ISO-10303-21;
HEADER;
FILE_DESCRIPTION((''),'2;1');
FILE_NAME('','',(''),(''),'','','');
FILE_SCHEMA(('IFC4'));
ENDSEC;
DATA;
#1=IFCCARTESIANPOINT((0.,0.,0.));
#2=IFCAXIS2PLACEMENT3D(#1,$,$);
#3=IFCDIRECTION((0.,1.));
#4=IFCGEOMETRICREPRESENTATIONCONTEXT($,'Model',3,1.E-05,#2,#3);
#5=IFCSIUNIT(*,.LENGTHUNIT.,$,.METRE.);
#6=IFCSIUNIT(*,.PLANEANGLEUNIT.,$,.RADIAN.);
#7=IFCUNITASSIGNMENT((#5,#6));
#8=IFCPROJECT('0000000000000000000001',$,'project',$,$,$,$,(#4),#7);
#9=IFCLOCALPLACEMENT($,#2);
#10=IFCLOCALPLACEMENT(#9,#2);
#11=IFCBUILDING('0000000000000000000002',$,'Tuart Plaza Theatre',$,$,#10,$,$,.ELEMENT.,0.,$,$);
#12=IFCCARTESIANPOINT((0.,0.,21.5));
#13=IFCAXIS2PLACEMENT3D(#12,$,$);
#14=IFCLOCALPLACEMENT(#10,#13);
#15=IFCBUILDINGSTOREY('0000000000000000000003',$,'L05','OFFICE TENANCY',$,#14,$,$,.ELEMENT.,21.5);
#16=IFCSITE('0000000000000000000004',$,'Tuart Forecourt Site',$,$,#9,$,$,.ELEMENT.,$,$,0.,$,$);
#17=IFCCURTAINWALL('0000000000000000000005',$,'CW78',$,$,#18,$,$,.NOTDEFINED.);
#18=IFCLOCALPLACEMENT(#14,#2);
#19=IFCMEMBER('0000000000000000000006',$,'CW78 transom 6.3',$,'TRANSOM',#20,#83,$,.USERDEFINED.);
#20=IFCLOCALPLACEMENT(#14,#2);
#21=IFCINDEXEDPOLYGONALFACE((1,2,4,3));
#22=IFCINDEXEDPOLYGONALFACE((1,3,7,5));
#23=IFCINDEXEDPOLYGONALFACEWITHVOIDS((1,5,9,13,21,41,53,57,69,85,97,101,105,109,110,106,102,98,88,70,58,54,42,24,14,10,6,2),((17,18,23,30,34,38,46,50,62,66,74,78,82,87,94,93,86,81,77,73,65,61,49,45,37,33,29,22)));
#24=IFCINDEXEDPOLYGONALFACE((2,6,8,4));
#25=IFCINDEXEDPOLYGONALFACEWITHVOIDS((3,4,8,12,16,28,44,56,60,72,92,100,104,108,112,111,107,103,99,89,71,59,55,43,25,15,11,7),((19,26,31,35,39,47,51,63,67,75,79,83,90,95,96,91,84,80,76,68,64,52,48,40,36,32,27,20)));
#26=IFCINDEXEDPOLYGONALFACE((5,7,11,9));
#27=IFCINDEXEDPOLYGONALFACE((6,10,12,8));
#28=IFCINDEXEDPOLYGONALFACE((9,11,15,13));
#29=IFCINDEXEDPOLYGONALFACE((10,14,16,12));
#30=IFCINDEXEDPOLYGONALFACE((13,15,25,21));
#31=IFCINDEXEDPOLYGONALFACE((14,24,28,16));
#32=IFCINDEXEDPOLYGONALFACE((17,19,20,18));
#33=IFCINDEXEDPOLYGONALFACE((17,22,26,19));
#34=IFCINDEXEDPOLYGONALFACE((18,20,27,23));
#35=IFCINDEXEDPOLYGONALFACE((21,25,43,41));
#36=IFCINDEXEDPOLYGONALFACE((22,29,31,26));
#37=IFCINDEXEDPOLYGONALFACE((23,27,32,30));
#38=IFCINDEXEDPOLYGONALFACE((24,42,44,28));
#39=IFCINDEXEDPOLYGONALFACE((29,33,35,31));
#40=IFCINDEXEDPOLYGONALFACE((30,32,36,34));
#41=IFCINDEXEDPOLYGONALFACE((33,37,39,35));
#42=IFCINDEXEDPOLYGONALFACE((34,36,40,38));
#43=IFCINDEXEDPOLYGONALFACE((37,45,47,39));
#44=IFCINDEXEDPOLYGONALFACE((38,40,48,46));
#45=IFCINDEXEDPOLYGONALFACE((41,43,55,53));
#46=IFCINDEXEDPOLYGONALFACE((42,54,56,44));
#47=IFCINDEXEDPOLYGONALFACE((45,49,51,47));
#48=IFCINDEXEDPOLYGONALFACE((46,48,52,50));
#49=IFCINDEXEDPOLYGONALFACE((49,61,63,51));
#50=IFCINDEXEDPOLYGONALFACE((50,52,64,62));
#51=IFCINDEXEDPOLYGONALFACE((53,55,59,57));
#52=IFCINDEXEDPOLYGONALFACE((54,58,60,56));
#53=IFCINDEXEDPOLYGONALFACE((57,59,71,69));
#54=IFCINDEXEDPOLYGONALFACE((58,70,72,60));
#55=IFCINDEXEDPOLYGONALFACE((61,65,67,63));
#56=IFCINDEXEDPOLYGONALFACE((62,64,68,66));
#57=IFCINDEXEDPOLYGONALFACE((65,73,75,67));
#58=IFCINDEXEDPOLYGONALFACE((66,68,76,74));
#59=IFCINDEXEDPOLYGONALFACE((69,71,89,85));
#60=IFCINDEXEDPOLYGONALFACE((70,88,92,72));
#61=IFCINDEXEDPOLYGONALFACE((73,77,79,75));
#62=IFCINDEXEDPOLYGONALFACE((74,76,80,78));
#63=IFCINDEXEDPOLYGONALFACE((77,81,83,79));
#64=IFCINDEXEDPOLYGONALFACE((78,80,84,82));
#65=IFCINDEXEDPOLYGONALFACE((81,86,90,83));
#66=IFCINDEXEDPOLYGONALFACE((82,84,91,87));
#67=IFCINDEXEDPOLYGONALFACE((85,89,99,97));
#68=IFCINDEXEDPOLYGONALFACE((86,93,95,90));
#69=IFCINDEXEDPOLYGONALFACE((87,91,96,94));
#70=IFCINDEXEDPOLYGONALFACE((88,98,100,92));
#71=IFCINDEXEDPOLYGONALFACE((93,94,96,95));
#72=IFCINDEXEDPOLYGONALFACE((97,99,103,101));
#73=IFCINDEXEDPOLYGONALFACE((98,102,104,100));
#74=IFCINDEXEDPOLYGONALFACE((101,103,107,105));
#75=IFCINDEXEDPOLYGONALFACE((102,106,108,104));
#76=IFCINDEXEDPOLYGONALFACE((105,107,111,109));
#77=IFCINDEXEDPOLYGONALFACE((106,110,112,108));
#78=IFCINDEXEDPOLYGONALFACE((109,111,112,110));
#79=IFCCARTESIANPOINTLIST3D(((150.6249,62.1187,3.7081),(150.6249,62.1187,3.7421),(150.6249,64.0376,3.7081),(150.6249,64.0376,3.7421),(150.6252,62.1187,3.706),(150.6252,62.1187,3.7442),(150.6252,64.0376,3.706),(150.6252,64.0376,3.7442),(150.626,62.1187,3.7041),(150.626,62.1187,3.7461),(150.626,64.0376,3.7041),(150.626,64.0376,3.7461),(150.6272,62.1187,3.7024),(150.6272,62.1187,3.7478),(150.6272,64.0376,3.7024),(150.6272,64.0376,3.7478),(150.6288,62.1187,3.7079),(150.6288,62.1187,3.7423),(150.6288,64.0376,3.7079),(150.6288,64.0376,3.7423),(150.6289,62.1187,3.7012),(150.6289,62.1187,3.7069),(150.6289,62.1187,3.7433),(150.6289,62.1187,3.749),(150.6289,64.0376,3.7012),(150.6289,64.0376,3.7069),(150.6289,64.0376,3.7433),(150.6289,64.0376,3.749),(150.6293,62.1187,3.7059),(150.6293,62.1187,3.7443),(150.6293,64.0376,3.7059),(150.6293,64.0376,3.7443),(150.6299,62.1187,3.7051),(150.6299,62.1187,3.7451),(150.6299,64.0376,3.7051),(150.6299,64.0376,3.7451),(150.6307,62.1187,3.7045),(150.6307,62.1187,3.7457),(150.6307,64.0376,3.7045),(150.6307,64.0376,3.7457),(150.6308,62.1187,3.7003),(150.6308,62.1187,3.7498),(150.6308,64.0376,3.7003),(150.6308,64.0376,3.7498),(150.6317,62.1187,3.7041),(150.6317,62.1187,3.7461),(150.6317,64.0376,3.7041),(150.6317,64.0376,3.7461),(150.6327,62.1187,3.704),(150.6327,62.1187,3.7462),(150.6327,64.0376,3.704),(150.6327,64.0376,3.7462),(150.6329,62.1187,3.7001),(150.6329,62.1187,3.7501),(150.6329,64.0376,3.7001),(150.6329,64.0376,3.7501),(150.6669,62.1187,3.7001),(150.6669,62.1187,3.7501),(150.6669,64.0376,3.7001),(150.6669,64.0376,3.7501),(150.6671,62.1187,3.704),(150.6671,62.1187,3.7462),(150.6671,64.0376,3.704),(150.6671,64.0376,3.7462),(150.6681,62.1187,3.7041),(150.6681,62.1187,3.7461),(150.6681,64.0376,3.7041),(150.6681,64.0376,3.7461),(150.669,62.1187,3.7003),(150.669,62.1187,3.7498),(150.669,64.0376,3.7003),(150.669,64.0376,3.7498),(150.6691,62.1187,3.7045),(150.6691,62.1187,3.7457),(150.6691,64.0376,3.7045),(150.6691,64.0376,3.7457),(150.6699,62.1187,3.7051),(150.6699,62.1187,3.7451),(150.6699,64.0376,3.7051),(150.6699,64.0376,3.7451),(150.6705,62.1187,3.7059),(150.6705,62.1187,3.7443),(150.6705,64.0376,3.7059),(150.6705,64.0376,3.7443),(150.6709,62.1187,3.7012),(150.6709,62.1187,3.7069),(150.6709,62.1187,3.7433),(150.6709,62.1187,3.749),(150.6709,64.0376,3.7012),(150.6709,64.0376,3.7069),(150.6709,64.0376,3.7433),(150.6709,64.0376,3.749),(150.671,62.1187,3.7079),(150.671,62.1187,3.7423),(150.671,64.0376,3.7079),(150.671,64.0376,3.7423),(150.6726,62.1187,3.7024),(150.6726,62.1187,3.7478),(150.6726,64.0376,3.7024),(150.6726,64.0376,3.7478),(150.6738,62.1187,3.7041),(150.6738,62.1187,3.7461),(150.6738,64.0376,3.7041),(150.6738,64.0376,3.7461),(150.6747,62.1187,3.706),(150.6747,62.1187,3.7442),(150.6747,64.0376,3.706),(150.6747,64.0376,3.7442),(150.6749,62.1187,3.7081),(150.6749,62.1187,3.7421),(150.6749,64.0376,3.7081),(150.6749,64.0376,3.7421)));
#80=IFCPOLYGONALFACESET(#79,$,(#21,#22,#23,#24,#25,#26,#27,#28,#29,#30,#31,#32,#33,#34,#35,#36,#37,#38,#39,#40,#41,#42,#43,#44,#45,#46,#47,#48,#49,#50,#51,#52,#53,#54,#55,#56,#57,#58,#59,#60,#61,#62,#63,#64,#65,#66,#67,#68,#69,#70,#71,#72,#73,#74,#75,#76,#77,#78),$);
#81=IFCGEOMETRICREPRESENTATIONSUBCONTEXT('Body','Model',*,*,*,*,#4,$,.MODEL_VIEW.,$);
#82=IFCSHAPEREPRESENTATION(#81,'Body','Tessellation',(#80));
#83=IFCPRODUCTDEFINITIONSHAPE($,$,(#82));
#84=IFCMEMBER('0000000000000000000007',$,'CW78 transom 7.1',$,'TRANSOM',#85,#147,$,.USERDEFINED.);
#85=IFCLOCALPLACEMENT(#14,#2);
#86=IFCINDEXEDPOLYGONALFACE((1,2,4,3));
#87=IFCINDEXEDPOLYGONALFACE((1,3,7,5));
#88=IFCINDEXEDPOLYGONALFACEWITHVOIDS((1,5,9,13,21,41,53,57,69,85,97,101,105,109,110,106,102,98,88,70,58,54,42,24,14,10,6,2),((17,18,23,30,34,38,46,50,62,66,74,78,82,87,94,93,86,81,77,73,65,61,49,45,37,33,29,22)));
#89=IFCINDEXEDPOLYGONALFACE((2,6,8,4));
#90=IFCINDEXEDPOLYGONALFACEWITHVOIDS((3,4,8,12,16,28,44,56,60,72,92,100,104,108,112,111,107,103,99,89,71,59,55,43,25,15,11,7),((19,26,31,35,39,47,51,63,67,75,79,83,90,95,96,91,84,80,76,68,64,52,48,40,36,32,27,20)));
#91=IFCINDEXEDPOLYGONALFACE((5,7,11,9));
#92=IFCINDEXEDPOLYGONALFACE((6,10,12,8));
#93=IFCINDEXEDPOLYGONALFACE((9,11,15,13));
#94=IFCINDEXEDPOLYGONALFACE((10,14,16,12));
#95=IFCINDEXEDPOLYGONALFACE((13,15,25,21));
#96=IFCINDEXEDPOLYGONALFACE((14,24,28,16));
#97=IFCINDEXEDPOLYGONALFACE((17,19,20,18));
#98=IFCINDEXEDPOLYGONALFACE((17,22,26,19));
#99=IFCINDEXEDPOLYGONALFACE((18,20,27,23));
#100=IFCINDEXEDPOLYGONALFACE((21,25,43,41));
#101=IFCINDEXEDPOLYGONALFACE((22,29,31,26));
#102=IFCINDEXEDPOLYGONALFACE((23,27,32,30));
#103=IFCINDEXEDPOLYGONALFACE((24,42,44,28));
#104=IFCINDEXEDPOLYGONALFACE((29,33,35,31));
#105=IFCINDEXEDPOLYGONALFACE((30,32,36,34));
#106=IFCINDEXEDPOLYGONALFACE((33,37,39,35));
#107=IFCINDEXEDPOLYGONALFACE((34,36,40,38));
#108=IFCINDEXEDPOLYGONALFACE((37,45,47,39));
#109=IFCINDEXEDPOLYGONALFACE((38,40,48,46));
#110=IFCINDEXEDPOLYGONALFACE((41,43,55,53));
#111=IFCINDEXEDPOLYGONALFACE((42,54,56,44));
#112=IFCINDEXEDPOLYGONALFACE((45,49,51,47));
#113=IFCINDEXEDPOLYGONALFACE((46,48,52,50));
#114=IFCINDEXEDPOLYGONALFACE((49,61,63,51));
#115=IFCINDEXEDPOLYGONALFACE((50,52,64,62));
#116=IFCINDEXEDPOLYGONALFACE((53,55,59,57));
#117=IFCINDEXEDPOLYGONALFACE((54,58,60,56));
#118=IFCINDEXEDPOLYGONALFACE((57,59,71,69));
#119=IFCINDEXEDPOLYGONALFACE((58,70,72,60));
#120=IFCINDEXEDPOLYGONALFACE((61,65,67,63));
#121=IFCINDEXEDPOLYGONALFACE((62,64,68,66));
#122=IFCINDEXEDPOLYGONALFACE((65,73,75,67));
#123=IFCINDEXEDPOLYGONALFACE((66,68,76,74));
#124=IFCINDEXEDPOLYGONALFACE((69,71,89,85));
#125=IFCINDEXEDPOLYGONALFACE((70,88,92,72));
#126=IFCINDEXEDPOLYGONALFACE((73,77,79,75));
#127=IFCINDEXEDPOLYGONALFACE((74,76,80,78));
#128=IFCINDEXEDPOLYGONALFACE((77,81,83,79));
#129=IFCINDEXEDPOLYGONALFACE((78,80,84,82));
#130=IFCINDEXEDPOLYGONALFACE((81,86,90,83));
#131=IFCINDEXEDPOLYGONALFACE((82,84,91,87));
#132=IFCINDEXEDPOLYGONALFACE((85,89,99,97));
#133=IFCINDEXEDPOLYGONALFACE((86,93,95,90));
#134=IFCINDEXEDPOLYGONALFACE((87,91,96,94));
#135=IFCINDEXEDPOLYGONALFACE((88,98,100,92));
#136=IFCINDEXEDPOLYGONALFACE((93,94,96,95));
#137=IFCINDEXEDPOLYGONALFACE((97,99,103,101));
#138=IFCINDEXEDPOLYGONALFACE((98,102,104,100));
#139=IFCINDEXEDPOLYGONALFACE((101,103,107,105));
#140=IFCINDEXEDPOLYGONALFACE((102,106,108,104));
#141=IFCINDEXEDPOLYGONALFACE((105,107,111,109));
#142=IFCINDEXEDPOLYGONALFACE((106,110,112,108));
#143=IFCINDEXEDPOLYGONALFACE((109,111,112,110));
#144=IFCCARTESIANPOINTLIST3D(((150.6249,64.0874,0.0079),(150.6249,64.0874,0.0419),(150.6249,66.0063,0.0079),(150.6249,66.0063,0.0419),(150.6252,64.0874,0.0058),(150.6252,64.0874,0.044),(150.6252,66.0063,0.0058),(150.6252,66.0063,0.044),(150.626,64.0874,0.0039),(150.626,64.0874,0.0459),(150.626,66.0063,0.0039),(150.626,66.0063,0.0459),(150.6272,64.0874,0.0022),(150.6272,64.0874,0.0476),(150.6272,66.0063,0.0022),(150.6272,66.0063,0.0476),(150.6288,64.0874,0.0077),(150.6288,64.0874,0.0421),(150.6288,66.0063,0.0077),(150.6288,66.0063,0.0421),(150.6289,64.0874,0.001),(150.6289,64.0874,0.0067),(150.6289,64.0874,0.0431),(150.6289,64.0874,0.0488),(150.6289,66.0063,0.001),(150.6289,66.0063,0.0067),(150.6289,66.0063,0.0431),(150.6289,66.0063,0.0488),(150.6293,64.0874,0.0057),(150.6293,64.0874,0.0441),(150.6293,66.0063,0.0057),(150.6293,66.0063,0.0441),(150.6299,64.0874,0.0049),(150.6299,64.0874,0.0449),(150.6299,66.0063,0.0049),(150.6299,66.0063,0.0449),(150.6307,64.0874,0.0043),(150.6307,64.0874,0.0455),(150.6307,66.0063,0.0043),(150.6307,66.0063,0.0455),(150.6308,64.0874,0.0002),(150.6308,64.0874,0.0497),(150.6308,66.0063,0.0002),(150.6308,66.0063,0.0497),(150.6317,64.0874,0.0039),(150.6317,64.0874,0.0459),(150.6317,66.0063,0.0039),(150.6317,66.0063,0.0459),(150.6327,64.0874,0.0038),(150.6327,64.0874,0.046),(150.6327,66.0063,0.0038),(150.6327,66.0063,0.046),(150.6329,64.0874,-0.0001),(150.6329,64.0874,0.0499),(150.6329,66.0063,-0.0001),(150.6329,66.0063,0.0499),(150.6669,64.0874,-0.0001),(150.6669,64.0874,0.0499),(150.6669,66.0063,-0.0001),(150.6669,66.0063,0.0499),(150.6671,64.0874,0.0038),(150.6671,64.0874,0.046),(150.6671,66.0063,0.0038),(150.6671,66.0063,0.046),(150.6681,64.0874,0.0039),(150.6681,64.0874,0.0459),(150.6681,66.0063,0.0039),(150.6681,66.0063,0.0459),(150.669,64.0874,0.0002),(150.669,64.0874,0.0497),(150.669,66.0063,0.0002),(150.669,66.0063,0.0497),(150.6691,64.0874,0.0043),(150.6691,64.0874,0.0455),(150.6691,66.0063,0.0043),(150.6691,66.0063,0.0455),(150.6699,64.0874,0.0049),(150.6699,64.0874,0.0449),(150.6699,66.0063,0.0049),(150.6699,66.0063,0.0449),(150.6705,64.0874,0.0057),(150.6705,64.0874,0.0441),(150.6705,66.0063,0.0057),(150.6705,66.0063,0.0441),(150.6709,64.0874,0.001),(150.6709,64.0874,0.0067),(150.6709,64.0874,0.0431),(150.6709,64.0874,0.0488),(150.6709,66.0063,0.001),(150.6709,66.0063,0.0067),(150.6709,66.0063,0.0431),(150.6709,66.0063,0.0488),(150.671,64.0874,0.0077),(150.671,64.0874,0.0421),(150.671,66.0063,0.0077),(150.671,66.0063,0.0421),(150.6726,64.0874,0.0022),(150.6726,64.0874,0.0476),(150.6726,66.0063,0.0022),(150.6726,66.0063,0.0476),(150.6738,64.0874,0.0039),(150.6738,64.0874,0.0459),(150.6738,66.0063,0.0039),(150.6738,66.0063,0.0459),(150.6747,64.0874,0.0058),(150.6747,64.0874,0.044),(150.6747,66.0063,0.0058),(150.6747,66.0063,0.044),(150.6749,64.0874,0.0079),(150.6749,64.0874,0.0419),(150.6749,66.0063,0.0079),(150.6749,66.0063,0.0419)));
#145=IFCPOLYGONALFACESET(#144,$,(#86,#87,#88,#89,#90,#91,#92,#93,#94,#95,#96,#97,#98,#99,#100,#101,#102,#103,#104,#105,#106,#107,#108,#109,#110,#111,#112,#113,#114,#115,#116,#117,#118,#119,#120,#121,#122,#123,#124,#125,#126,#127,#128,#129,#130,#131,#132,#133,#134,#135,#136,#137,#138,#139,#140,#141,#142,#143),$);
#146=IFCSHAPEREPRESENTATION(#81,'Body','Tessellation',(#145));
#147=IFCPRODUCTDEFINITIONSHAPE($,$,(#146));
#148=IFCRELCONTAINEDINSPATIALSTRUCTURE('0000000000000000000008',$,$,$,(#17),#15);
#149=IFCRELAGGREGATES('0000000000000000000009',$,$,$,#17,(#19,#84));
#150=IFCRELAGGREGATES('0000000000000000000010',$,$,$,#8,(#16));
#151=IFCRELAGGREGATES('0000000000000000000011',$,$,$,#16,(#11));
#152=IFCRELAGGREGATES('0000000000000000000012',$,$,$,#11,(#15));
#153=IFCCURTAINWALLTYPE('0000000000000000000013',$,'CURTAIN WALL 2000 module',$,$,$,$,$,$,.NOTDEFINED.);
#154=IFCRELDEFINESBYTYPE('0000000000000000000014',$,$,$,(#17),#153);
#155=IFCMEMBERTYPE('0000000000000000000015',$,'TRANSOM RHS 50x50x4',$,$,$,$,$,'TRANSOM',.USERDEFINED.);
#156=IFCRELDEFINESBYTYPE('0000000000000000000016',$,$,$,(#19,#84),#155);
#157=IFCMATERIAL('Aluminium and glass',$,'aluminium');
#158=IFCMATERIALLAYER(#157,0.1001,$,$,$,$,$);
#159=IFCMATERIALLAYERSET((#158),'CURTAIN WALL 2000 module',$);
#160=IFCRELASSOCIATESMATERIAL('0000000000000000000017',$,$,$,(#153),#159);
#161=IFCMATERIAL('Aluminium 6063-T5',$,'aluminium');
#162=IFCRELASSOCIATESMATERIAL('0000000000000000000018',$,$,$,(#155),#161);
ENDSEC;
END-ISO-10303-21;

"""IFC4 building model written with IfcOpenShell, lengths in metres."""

from ifc_helpers import new_model, si_unit, direction, frame, origin, origin_2d, place, context, subcontext, project, spatial, hollow_rectangle, extrude, material, layer, layer_set, material_profile, profile_set, type_object, element, aggregate, save


model = new_model("IFC4")

# Units and contexts
model_context = context("Model", 3, precision=1e-05, world=origin(), true_north=direction((0.0, 1.0)))
body_context = subcontext(model_context, "Body", "Model", "MODEL_VIEW")
ifc_project = project(units=[si_unit("LENGTHUNIT", "METRE"), si_unit("PLANEANGLEUNIT", "RADIAN")], contexts=[model_context])

# Site, building, storey
site_placement = place(None, origin())
site = spatial("IfcSite", under=ifc_project, at=site_placement, Name="Tuart Forecourt Site", CompositionType="ELEMENT", RefElevation=0.0)
building_placement = place(site_placement, origin())
building = spatial("IfcBuilding", under=site, at=building_placement, Name="Tuart Plaza Theatre", CompositionType="ELEMENT", ElevationOfRefHeight=0.0)
storey_placement = place(building_placement, frame((0.0, 0.0, 21.5)))
storey = spatial("IfcBuildingStorey", under=building, at=storey_placement, Name="L05", Description="OFFICE TENANCY", CompositionType="ELEMENT", Elevation=21.5)

# Curtain wall, members
ifc_material_1 = material(Name="Aluminium and glass", Category="aluminium")
ifc_layer_1 = layer(ifc_material_1, 0.1001)
ifc_layer_set_1 = layer_set([ifc_layer_1], Name="CURTAIN WALL 2000 module")
curtain_wall_type = type_object("IfcCurtainWallType", Name="CURTAIN WALL 2000 module", PredefinedType="NOTDEFINED", material=ifc_layer_set_1)
curtain_wall_placement = place(storey_placement, origin())
curtain_wall = element("IfcCurtainWall", 1, at=curtain_wall_placement, inside=storey, type_object=curtain_wall_type, Name="CW78", PredefinedType="NOTDEFINED")
ifc_material_2 = material(Name="Aluminium 6063-T5", Category="aluminium")
ifc_material_profile_1 = material_profile(ifc_material_2, hollow_rectangle(XDim=0.05, YDim=0.05, WallThickness=0.0039, InnerFilletRadius=0.0039, OuterFilletRadius=0.0081, at=origin_2d()), Name="RHS 50x50x4")
ifc_profile_set_1 = profile_set([ifc_material_profile_1], Name="Aluminium 6063-T5")
member_type_1 = type_object("IfcMemberType", Name="TRANSOM RHS 50x50x4", ElementType="TRANSOM", PredefinedType="USERDEFINED", material=ifc_profile_set_1)
member_1_placement = place(storey_placement, frame((150.6499, 62.1187, 3.7251), z_axis=(0.0, 1.0, 0.0), x_axis=(-1.0, 0.0, 0.0)))
member_1 = element("IfcMember", 2, at=member_1_placement, type_object=member_type_1, Name="CW78 transom 6.3", ObjectType="TRANSOM", PredefinedType="USERDEFINED", context=body_context, shape_type="SweptSolid", body=[
    extrude(hollow_rectangle(XDim=0.05, YDim=0.05, WallThickness=0.0039, InnerFilletRadius=0.0039, OuterFilletRadius=0.0081, at=origin_2d()), origin(), (0.0, 0.0, 1.0), 1.9189),
])
member_2_placement = place(storey_placement, frame((150.6499, 64.0874, 0.0249), z_axis=(0.0, 1.0, 0.0), x_axis=(-1.0, 0.0, 0.0)))
member_2 = element("IfcMember", 3, at=member_2_placement, type_object=member_type_1, Name="CW78 transom 7.1", ObjectType="TRANSOM", PredefinedType="USERDEFINED", context=body_context, shape_type="SweptSolid", body=[
    extrude(hollow_rectangle(XDim=0.05, YDim=0.05, WallThickness=0.0039, InnerFilletRadius=0.0039, OuterFilletRadius=0.0081, at=origin_2d()), origin(), (0.0, 0.0, 1.0), 1.9189),
])
aggregate(curtain_wall, [member_1, member_2])

save(model, "model.ifc")
